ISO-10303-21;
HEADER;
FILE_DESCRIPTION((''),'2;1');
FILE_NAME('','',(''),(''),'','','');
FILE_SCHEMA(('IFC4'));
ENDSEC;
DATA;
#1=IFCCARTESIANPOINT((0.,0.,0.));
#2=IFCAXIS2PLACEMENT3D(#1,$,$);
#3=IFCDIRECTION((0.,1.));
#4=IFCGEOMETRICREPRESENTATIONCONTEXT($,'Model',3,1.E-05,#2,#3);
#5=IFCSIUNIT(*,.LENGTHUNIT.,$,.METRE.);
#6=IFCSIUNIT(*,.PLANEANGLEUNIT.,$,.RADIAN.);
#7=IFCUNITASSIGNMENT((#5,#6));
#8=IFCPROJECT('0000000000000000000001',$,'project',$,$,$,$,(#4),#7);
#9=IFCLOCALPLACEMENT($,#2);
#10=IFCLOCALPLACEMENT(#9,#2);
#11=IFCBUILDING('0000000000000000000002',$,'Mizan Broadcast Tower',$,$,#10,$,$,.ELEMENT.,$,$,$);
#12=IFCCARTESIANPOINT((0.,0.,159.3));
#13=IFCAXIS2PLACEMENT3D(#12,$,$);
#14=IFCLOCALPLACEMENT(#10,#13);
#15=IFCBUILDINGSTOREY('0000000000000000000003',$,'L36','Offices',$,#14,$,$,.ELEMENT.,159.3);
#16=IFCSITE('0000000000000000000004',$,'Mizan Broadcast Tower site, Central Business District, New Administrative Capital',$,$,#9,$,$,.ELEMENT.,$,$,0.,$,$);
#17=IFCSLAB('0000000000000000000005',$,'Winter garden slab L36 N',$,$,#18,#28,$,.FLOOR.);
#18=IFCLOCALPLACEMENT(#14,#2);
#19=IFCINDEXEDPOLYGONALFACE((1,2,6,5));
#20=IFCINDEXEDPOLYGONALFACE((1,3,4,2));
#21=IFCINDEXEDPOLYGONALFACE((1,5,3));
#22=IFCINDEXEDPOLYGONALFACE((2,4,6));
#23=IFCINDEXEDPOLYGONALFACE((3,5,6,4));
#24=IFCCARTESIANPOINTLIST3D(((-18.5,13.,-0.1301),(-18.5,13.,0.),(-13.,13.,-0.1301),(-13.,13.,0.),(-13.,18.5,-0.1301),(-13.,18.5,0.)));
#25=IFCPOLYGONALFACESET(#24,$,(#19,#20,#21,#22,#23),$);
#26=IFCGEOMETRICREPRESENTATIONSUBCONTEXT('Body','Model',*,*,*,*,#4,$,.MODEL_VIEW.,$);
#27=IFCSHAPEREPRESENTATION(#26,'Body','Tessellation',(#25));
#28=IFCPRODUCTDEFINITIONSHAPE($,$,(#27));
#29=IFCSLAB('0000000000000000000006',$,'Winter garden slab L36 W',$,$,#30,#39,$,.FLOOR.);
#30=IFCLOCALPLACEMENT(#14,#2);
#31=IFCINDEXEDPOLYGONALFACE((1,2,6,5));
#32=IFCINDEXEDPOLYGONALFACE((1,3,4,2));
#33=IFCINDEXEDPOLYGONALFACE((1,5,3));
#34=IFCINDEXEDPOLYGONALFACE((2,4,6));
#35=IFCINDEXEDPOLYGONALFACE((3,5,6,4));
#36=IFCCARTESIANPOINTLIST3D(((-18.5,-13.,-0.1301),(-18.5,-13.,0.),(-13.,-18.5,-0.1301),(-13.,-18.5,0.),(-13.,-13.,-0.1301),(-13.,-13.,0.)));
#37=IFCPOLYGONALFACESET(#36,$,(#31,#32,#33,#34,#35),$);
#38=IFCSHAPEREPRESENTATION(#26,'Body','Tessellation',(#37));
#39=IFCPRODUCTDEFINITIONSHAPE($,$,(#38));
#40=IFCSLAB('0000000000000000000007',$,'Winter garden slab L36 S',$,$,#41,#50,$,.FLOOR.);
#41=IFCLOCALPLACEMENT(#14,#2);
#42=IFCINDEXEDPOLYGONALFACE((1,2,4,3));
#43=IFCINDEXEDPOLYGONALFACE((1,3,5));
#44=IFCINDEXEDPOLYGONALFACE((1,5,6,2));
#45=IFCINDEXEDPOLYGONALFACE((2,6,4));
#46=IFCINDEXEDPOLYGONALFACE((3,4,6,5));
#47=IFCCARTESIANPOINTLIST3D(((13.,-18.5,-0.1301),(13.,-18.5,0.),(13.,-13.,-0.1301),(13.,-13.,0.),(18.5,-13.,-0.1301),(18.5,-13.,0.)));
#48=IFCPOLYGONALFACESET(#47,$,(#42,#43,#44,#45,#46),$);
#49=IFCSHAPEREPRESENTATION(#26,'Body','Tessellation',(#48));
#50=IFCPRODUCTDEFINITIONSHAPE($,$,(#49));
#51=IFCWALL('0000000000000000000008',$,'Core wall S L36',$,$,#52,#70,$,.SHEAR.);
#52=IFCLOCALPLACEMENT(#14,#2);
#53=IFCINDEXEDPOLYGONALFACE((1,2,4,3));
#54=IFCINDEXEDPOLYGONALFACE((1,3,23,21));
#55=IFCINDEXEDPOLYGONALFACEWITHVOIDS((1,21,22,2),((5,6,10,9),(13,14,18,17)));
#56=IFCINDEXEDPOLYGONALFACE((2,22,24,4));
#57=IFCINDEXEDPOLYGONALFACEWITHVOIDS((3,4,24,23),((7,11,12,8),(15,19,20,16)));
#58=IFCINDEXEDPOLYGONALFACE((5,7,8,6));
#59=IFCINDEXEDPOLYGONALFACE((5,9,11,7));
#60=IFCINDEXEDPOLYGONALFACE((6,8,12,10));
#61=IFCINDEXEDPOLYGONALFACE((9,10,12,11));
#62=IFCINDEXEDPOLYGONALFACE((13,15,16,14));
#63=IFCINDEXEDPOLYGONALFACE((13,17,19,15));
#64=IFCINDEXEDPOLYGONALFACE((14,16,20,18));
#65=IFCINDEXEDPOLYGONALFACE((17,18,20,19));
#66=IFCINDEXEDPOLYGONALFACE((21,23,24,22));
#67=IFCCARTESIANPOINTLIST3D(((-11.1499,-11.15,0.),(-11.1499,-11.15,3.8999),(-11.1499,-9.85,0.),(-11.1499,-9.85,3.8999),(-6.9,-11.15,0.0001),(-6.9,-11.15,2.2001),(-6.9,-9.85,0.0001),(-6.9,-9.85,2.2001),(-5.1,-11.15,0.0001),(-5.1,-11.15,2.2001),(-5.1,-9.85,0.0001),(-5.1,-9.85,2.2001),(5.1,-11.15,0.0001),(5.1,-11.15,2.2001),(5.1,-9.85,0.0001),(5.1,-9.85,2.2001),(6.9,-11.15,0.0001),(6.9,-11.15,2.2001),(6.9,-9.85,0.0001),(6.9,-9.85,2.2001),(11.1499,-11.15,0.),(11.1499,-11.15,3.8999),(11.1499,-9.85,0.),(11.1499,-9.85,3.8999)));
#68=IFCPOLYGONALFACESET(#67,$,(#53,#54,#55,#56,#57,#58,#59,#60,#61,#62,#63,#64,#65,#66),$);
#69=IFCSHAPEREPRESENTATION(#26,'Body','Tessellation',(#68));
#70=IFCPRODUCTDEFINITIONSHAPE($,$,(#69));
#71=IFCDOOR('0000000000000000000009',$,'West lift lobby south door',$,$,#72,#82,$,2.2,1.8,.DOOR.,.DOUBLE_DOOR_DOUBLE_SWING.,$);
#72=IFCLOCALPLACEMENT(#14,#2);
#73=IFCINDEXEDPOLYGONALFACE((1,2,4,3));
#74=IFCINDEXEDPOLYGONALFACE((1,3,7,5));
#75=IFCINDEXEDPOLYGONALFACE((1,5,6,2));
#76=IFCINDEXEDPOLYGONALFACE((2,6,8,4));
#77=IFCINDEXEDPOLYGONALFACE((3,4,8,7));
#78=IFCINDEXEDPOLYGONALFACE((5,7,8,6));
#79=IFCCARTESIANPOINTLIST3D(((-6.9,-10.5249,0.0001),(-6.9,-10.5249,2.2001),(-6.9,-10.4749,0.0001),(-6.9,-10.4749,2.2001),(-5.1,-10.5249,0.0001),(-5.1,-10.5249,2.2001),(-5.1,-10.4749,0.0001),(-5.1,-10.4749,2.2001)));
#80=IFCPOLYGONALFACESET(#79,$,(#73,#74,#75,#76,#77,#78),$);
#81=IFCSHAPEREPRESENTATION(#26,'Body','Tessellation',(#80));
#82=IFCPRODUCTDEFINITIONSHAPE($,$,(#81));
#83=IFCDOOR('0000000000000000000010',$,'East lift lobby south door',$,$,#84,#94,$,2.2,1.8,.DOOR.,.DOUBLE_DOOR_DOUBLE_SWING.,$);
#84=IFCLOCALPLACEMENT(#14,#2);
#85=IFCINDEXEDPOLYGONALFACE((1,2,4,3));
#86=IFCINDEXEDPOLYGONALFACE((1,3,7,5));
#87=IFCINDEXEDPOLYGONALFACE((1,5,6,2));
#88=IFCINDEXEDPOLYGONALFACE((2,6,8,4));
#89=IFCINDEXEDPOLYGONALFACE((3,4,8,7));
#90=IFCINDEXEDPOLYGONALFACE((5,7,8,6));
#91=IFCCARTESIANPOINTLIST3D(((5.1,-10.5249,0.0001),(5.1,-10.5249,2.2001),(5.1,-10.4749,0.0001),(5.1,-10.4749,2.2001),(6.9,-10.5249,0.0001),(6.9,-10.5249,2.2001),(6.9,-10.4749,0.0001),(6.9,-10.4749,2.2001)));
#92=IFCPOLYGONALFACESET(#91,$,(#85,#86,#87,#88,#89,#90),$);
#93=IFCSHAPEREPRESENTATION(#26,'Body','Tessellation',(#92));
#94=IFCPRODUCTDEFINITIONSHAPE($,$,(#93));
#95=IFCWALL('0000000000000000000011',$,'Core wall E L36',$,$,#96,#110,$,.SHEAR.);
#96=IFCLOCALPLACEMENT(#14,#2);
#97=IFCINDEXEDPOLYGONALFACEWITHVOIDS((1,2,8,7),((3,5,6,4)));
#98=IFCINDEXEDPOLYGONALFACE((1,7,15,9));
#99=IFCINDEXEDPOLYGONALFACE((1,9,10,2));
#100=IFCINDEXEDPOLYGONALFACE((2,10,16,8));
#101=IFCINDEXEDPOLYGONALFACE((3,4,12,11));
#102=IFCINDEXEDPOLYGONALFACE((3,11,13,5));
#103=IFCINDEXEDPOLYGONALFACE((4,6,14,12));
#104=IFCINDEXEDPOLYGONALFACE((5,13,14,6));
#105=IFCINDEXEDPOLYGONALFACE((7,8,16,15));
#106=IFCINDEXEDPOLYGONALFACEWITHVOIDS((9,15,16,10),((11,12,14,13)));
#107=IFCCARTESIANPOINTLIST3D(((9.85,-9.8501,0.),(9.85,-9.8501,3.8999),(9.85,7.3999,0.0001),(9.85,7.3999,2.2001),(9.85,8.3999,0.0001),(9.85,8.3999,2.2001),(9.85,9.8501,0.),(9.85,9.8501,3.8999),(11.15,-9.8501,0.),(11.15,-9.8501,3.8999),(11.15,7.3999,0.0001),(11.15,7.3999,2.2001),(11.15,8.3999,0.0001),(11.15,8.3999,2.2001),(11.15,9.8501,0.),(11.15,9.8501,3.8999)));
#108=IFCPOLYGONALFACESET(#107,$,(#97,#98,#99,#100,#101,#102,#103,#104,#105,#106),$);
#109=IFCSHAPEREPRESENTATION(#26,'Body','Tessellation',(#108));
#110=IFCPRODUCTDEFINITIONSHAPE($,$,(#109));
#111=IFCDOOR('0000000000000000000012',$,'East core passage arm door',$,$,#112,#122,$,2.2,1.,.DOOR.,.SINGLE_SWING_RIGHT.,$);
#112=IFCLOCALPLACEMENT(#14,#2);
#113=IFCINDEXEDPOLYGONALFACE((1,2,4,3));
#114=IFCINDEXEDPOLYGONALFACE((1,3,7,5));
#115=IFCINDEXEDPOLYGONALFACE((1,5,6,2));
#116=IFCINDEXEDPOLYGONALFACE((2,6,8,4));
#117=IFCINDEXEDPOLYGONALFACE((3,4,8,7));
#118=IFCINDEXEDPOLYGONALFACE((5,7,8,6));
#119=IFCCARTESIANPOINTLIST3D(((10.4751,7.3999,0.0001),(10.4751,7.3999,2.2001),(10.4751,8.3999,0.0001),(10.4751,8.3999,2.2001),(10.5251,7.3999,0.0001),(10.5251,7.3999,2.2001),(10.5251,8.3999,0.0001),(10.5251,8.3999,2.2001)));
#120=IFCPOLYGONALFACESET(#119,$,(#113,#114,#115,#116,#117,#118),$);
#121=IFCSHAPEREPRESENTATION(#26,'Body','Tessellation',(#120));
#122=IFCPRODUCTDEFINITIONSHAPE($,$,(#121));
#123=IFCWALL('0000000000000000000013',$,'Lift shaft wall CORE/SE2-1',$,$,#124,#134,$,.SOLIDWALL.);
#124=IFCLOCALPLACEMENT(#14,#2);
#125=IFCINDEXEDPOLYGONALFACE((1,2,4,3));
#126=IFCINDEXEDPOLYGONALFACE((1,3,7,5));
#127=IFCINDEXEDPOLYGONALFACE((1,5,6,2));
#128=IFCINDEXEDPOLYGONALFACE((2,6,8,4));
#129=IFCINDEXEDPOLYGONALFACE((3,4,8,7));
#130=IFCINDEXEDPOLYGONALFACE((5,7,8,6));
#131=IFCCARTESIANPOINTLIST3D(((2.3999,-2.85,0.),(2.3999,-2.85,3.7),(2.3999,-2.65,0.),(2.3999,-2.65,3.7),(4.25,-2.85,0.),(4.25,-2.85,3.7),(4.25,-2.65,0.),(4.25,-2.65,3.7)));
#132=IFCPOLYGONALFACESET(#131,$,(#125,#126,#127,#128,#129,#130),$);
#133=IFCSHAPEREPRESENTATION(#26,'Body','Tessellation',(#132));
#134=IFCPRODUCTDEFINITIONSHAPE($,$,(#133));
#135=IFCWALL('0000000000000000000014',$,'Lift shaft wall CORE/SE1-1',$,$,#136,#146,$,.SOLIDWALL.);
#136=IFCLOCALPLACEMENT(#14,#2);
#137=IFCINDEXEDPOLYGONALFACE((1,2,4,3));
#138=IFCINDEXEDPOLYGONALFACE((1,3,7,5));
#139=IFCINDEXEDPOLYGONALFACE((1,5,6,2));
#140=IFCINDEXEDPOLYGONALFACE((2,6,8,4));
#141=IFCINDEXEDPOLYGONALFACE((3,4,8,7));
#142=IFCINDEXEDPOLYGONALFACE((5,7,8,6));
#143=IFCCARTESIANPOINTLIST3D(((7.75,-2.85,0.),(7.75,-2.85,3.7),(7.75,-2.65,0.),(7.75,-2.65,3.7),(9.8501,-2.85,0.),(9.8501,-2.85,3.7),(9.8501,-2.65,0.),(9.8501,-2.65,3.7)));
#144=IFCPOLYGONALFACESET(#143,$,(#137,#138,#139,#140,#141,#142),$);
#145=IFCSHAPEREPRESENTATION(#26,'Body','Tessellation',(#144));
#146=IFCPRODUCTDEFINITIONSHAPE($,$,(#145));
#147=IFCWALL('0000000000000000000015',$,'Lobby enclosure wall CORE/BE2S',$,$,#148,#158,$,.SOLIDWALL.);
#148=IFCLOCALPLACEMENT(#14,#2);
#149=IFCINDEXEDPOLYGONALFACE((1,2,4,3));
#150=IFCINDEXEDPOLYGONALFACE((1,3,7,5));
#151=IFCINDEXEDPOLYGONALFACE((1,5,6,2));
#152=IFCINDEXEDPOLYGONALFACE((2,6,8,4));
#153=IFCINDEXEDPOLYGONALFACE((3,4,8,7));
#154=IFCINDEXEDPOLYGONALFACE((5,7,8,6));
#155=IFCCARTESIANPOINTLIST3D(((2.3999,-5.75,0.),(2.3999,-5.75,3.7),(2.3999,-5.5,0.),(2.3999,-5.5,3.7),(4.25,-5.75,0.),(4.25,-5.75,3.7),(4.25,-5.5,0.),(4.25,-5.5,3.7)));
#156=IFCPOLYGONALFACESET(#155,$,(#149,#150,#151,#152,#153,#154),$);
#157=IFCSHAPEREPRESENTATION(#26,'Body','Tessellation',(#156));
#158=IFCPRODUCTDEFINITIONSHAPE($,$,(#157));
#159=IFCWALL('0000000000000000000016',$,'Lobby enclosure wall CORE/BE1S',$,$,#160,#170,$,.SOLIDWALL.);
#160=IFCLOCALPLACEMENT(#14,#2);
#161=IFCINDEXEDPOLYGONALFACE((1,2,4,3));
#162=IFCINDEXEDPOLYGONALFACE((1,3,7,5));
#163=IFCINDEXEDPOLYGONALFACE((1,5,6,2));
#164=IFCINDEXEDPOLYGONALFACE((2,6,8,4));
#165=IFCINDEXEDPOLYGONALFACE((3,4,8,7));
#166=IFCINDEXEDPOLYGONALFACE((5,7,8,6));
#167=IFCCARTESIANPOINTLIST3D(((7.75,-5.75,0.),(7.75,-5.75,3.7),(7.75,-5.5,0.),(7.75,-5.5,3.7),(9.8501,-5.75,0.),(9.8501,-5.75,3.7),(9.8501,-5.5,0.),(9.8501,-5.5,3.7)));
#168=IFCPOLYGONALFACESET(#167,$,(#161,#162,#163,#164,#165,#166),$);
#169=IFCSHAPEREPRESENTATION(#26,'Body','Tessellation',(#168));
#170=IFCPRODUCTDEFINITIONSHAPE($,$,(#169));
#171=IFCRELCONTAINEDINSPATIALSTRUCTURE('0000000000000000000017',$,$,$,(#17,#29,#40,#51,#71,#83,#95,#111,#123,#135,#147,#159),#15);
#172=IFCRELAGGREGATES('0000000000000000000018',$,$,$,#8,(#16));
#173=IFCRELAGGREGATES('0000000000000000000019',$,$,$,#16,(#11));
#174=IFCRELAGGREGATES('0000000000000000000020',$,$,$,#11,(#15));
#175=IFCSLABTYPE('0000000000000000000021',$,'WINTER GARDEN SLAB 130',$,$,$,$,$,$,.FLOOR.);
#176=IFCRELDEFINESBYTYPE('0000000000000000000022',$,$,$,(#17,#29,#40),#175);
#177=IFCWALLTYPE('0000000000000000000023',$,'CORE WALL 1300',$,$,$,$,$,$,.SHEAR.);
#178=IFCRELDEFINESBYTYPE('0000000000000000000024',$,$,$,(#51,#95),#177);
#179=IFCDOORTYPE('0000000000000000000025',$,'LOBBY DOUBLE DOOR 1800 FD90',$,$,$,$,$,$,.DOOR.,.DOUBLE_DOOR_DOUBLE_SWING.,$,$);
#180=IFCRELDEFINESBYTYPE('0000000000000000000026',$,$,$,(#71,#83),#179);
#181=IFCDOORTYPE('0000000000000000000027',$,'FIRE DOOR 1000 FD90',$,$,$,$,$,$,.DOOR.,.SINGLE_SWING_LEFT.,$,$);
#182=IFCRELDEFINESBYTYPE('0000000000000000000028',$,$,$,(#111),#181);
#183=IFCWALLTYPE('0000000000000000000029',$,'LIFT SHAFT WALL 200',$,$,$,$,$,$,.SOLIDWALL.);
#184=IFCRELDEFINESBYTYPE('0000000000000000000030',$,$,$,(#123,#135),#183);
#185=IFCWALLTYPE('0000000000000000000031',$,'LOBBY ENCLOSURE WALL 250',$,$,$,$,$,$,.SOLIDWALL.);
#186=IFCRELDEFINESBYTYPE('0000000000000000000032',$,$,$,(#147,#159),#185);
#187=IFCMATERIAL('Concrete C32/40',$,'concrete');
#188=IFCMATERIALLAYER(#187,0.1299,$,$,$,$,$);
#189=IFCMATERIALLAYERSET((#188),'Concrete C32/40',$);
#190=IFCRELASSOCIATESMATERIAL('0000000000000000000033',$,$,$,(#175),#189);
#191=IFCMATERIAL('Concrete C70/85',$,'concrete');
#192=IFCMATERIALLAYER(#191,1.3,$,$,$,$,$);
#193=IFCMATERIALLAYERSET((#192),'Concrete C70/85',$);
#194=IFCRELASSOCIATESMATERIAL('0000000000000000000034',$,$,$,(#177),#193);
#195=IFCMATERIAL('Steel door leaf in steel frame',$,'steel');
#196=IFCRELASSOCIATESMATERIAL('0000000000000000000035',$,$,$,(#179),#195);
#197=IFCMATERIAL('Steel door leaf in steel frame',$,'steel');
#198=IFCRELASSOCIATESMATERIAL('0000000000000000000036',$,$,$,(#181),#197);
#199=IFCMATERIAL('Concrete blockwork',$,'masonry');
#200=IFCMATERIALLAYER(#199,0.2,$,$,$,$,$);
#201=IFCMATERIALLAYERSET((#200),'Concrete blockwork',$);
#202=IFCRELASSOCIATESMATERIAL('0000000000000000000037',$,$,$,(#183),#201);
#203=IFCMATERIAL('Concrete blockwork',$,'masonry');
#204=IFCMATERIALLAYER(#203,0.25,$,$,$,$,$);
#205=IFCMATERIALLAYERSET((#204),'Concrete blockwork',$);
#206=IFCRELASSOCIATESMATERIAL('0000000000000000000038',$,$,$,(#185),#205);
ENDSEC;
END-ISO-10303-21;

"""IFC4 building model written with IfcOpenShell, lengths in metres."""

from ifc_helpers import new_model, si_unit, direction, frame, frame_2d, origin, place, context, subcontext, project, spatial, polyline, rectangle, outline, extrude, material, layer, layer_set, type_object, element, fill, save


model = new_model("IFC4")

# Units and contexts
model_context = context("Model", 3, precision=1e-05, world=origin(), true_north=direction((0.0, 1.0)))
body_context = subcontext(model_context, "Body", "Model", "MODEL_VIEW")
ifc_project = project(units=[si_unit("LENGTHUNIT", "METRE"), si_unit("PLANEANGLEUNIT", "RADIAN")], contexts=[model_context])

# Site, building, storey
site_placement = place(None, origin())
site = spatial("IfcSite", under=ifc_project, at=site_placement, Name="Mizan Broadcast Tower site, Central Business District, New Administrative Capital", CompositionType="ELEMENT", RefElevation=0.0)
building_placement = place(site_placement, origin())
building = spatial("IfcBuilding", under=site, at=building_placement, Name="Mizan Broadcast Tower", CompositionType="ELEMENT")
storey_placement = place(building_placement, frame((0.0, 0.0, 159.3)))
storey = spatial("IfcBuildingStorey", under=building, at=storey_placement, Name="L36", Description="Offices", CompositionType="ELEMENT", Elevation=159.3)

# Slabs
ifc_material_1 = material(Name="Concrete C32/40", Category="concrete")
ifc_layer_1 = layer(ifc_material_1, 0.1299)
ifc_layer_set_1 = layer_set([ifc_layer_1], Name="Concrete C32/40")
slab_type_1 = type_object("IfcSlabType", Name="WINTER GARDEN SLAB 130", PredefinedType="FLOOR", material=ifc_layer_set_1)
slab_1_placement = place(storey_placement, frame((0.0, 0.0, -0.1301)))
element("IfcSlab", 1, at=slab_1_placement, inside=storey, type_object=slab_type_1, Name="Winter garden slab L36 N", PredefinedType="FLOOR", context=body_context, shape_type="SweptSolid", body=[
    extrude(outline(polyline([(-13.0, 13.0), (-13.0, 18.5), (-18.5, 13.0), (-13.0, 13.0)])), origin(), (0.0, 0.0, 1.0), 0.1301),
])
slab_2_placement = place(storey_placement, frame((0.0, 0.0, -0.1301)))
element("IfcSlab", 2, at=slab_2_placement, inside=storey, type_object=slab_type_1, Name="Winter garden slab L36 W", PredefinedType="FLOOR", context=body_context, shape_type="SweptSolid", body=[
    extrude(outline(polyline([(-13.0, -13.0), (-18.5, -13.0), (-13.0, -18.5), (-13.0, -13.0)])), origin(), (0.0, 0.0, 1.0), 0.1301),
])
slab_3_placement = place(storey_placement, frame((0.0, 0.0, -0.1301)))
element("IfcSlab", 3, at=slab_3_placement, inside=storey, type_object=slab_type_1, Name="Winter garden slab L36 S", PredefinedType="FLOOR", context=body_context, shape_type="SweptSolid", body=[
    extrude(outline(polyline([(13.0, -13.0), (13.0, -18.5), (18.5, -13.0), (13.0, -13.0)])), origin(), (0.0, 0.0, 1.0), 0.1301),
])

# Wall, openings, doors
ifc_material_2 = material(Name="Concrete C70/85", Category="concrete")
ifc_layer_2 = layer(ifc_material_2, 1.3)
ifc_layer_set_2 = layer_set([ifc_layer_2], Name="Concrete C70/85")
wall_type_1 = type_object("IfcWallType", Name="CORE WALL 1300", PredefinedType="SHEAR", material=ifc_layer_set_2)
wall_1_placement = place(storey_placement, frame((11.1499, -10.5, 0.0), z_axis=(0.0, 0.0, 1.0), x_axis=(-1.0, 0.0, 0.0)))
wall_1 = element("IfcWall", 4, at=wall_1_placement, inside=storey, type_object=wall_type_1, Name="Core wall S L36", PredefinedType="SHEAR", context=body_context, shape_type="SweptSolid", body=[
    extrude(rectangle(XDim=22.2998, YDim=1.3, at=frame_2d((11.1499, 0.0))), origin(), (0.0, 0.0, 1.0), 3.8999),
])
opening_1_placement = place(wall_1_placement, frame((16.25, 0.0, 0.0)))
opening_1 = element("IfcOpeningElement", 5, at=opening_1_placement, cuts=wall_1, PredefinedType="OPENING", context=body_context, shape_type="SweptSolid", body=[
    extrude(rectangle(XDim=1.8, YDim=2.2, at=frame_2d((0.8999, 1.1001))), frame((0.0, 0.6599, 0.0), z_axis=(0.0, -1.0, 0.0), x_axis=(1.0, 0.0, 0.0)), (0.0, 0.0, 1.0), 1.3201),
])
opening_2_placement = place(wall_1_placement, frame((4.25, 0.0, 0.0)))
opening_2 = element("IfcOpeningElement", 6, at=opening_2_placement, cuts=wall_1, PredefinedType="OPENING", context=body_context, shape_type="SweptSolid", body=[
    extrude(rectangle(XDim=1.8, YDim=2.2, at=frame_2d((0.8999, 1.1001))), frame((0.0, 0.6599, 0.0), z_axis=(0.0, -1.0, 0.0), x_axis=(1.0, 0.0, 0.0)), (0.0, 0.0, 1.0), 1.3201),
])
ifc_material_3 = material(Name="Steel door leaf in steel frame", Category="steel")
door_type_1 = type_object("IfcDoorType", Name="LOBBY DOUBLE DOOR 1800 FD90", OperationType="DOUBLE_DOOR_DOUBLE_SWING", PredefinedType="DOOR", material=ifc_material_3)
door_1_placement = place(opening_1_placement, origin())
door_1 = element("IfcDoor", 7, at=door_1_placement, inside=storey, type_object=door_type_1, Name="West lift lobby south door", OperationType="DOUBLE_DOOR_DOUBLE_SWING", OverallHeight=2.2, OverallWidth=1.8, PredefinedType="DOOR", context=body_context, shape_type="SweptSolid", body=[
    extrude(rectangle(XDim=1.8, YDim=2.2, at=frame_2d((0.8999, 1.1001))), frame((0.0, 0.0249, 0.0), z_axis=(0.0, -1.0, 0.0), x_axis=(1.0, 0.0, 0.0)), (0.0, 0.0, 1.0), 0.05),
])
fill(opening_1, door_1)
door_2_placement = place(opening_2_placement, origin())
door_2 = element("IfcDoor", 8, at=door_2_placement, inside=storey, type_object=door_type_1, Name="East lift lobby south door", OperationType="DOUBLE_DOOR_DOUBLE_SWING", OverallHeight=2.2, OverallWidth=1.8, PredefinedType="DOOR", context=body_context, shape_type="SweptSolid", body=[
    extrude(rectangle(XDim=1.8, YDim=2.2, at=frame_2d((0.8999, 1.1001))), frame((0.0, 0.0249, 0.0), z_axis=(0.0, -1.0, 0.0), x_axis=(1.0, 0.0, 0.0)), (0.0, 0.0, 1.0), 0.05),
])
fill(opening_2, door_2)

# Wall, opening, door
wall_2_placement = place(storey_placement, frame((10.5, -9.8501, 0.0), z_axis=(0.0, 0.0, 1.0), x_axis=(0.0, 1.0, 0.0)))
wall_2 = element("IfcWall", 9, at=wall_2_placement, inside=storey, type_object=wall_type_1, Name="Core wall E L36", PredefinedType="SHEAR", context=body_context, shape_type="SweptSolid", body=[
    extrude(rectangle(XDim=19.7002, YDim=1.3, at=frame_2d((9.8501, 0.0))), origin(), (0.0, 0.0, 1.0), 3.8999),
])
opening_3_placement = place(wall_2_placement, frame((17.25, 0.0, 0.0)))
opening_3 = element("IfcOpeningElement", 10, at=opening_3_placement, cuts=wall_2, PredefinedType="OPENING", context=body_context, shape_type="SweptSolid", body=[
    extrude(rectangle(XDim=1.0, YDim=2.2, at=frame_2d((0.5, 1.1001))), frame((0.0, 0.6599, 0.0), z_axis=(0.0, -1.0, 0.0), x_axis=(1.0, 0.0, 0.0)), (0.0, 0.0, 1.0), 1.3201),
])
ifc_material_4 = material(Name="Steel door leaf in steel frame", Category="steel")
door_type_2 = type_object("IfcDoorType", Name="FIRE DOOR 1000 FD90", OperationType="SINGLE_SWING_LEFT", PredefinedType="DOOR", material=ifc_material_4)
door_3_placement = place(opening_3_placement, origin())
door_3 = element("IfcDoor", 11, at=door_3_placement, inside=storey, type_object=door_type_2, Name="East core passage arm door", OperationType="SINGLE_SWING_RIGHT", OverallHeight=2.2, OverallWidth=1.0, PredefinedType="DOOR", context=body_context, shape_type="SweptSolid", body=[
    extrude(rectangle(XDim=1.0, YDim=2.2, at=frame_2d((0.5, 1.1001))), frame((0.0, 0.0249, 0.0), z_axis=(0.0, -1.0, 0.0), x_axis=(1.0, 0.0, 0.0)), (0.0, 0.0, 1.0), 0.05),
])
fill(opening_3, door_3)

# Walls
ifc_material_5 = material(Name="Concrete blockwork", Category="masonry")
ifc_layer_3 = layer(ifc_material_5, 0.2)
ifc_layer_set_3 = layer_set([ifc_layer_3], Name="Concrete blockwork")
wall_type_2 = type_object("IfcWallType", Name="LIFT SHAFT WALL 200", PredefinedType="SOLIDWALL", material=ifc_layer_set_3)
wall_3_placement = place(storey_placement, frame((2.3999, -2.75, 0.0), z_axis=(0.0, 0.0, 1.0), x_axis=(1.0, 0.0, 0.0)))
element("IfcWall", 12, at=wall_3_placement, inside=storey, type_object=wall_type_2, Name="Lift shaft wall CORE/SE2-1", PredefinedType="SOLIDWALL", context=body_context, shape_type="SweptSolid", body=[
    extrude(rectangle(XDim=1.8501, YDim=0.2, at=frame_2d((0.925, 0.0))), origin(), (0.0, 0.0, 1.0), 3.7),
])
wall_4_placement = place(storey_placement, frame((7.75, -2.75, 0.0), z_axis=(0.0, 0.0, 1.0), x_axis=(1.0, 0.0, 0.0)))
element("IfcWall", 13, at=wall_4_placement, inside=storey, type_object=wall_type_2, Name="Lift shaft wall CORE/SE1-1", PredefinedType="SOLIDWALL", context=body_context, shape_type="SweptSolid", body=[
    extrude(rectangle(XDim=2.1001, YDim=0.2, at=frame_2d((1.05, 0.0))), origin(), (0.0, 0.0, 1.0), 3.7),
])
ifc_material_6 = material(Name="Concrete blockwork", Category="masonry")
ifc_layer_4 = layer(ifc_material_6, 0.25)
ifc_layer_set_4 = layer_set([ifc_layer_4], Name="Concrete blockwork")
wall_type_3 = type_object("IfcWallType", Name="LOBBY ENCLOSURE WALL 250", PredefinedType="SOLIDWALL", material=ifc_layer_set_4)
wall_5_placement = place(storey_placement, frame((2.3999, -5.625, 0.0), z_axis=(0.0, 0.0, 1.0), x_axis=(1.0, 0.0, 0.0)))
element("IfcWall", 14, at=wall_5_placement, inside=storey, type_object=wall_type_3, Name="Lobby enclosure wall CORE/BE2S", PredefinedType="SOLIDWALL", context=body_context, shape_type="SweptSolid", body=[
    extrude(rectangle(XDim=1.8501, YDim=0.25, at=frame_2d((0.925, 0.0))), origin(), (0.0, 0.0, 1.0), 3.7),
])
wall_6_placement = place(storey_placement, frame((7.75, -5.625, 0.0), z_axis=(0.0, 0.0, 1.0), x_axis=(1.0, 0.0, 0.0)))
element("IfcWall", 15, at=wall_6_placement, inside=storey, type_object=wall_type_3, Name="Lobby enclosure wall CORE/BE1S", PredefinedType="SOLIDWALL", context=body_context, shape_type="SweptSolid", body=[
    extrude(rectangle(XDim=2.1001, YDim=0.25, at=frame_2d((1.05, 0.0))), origin(), (0.0, 0.0, 1.0), 3.7),
])

save(model, "model.ifc")
